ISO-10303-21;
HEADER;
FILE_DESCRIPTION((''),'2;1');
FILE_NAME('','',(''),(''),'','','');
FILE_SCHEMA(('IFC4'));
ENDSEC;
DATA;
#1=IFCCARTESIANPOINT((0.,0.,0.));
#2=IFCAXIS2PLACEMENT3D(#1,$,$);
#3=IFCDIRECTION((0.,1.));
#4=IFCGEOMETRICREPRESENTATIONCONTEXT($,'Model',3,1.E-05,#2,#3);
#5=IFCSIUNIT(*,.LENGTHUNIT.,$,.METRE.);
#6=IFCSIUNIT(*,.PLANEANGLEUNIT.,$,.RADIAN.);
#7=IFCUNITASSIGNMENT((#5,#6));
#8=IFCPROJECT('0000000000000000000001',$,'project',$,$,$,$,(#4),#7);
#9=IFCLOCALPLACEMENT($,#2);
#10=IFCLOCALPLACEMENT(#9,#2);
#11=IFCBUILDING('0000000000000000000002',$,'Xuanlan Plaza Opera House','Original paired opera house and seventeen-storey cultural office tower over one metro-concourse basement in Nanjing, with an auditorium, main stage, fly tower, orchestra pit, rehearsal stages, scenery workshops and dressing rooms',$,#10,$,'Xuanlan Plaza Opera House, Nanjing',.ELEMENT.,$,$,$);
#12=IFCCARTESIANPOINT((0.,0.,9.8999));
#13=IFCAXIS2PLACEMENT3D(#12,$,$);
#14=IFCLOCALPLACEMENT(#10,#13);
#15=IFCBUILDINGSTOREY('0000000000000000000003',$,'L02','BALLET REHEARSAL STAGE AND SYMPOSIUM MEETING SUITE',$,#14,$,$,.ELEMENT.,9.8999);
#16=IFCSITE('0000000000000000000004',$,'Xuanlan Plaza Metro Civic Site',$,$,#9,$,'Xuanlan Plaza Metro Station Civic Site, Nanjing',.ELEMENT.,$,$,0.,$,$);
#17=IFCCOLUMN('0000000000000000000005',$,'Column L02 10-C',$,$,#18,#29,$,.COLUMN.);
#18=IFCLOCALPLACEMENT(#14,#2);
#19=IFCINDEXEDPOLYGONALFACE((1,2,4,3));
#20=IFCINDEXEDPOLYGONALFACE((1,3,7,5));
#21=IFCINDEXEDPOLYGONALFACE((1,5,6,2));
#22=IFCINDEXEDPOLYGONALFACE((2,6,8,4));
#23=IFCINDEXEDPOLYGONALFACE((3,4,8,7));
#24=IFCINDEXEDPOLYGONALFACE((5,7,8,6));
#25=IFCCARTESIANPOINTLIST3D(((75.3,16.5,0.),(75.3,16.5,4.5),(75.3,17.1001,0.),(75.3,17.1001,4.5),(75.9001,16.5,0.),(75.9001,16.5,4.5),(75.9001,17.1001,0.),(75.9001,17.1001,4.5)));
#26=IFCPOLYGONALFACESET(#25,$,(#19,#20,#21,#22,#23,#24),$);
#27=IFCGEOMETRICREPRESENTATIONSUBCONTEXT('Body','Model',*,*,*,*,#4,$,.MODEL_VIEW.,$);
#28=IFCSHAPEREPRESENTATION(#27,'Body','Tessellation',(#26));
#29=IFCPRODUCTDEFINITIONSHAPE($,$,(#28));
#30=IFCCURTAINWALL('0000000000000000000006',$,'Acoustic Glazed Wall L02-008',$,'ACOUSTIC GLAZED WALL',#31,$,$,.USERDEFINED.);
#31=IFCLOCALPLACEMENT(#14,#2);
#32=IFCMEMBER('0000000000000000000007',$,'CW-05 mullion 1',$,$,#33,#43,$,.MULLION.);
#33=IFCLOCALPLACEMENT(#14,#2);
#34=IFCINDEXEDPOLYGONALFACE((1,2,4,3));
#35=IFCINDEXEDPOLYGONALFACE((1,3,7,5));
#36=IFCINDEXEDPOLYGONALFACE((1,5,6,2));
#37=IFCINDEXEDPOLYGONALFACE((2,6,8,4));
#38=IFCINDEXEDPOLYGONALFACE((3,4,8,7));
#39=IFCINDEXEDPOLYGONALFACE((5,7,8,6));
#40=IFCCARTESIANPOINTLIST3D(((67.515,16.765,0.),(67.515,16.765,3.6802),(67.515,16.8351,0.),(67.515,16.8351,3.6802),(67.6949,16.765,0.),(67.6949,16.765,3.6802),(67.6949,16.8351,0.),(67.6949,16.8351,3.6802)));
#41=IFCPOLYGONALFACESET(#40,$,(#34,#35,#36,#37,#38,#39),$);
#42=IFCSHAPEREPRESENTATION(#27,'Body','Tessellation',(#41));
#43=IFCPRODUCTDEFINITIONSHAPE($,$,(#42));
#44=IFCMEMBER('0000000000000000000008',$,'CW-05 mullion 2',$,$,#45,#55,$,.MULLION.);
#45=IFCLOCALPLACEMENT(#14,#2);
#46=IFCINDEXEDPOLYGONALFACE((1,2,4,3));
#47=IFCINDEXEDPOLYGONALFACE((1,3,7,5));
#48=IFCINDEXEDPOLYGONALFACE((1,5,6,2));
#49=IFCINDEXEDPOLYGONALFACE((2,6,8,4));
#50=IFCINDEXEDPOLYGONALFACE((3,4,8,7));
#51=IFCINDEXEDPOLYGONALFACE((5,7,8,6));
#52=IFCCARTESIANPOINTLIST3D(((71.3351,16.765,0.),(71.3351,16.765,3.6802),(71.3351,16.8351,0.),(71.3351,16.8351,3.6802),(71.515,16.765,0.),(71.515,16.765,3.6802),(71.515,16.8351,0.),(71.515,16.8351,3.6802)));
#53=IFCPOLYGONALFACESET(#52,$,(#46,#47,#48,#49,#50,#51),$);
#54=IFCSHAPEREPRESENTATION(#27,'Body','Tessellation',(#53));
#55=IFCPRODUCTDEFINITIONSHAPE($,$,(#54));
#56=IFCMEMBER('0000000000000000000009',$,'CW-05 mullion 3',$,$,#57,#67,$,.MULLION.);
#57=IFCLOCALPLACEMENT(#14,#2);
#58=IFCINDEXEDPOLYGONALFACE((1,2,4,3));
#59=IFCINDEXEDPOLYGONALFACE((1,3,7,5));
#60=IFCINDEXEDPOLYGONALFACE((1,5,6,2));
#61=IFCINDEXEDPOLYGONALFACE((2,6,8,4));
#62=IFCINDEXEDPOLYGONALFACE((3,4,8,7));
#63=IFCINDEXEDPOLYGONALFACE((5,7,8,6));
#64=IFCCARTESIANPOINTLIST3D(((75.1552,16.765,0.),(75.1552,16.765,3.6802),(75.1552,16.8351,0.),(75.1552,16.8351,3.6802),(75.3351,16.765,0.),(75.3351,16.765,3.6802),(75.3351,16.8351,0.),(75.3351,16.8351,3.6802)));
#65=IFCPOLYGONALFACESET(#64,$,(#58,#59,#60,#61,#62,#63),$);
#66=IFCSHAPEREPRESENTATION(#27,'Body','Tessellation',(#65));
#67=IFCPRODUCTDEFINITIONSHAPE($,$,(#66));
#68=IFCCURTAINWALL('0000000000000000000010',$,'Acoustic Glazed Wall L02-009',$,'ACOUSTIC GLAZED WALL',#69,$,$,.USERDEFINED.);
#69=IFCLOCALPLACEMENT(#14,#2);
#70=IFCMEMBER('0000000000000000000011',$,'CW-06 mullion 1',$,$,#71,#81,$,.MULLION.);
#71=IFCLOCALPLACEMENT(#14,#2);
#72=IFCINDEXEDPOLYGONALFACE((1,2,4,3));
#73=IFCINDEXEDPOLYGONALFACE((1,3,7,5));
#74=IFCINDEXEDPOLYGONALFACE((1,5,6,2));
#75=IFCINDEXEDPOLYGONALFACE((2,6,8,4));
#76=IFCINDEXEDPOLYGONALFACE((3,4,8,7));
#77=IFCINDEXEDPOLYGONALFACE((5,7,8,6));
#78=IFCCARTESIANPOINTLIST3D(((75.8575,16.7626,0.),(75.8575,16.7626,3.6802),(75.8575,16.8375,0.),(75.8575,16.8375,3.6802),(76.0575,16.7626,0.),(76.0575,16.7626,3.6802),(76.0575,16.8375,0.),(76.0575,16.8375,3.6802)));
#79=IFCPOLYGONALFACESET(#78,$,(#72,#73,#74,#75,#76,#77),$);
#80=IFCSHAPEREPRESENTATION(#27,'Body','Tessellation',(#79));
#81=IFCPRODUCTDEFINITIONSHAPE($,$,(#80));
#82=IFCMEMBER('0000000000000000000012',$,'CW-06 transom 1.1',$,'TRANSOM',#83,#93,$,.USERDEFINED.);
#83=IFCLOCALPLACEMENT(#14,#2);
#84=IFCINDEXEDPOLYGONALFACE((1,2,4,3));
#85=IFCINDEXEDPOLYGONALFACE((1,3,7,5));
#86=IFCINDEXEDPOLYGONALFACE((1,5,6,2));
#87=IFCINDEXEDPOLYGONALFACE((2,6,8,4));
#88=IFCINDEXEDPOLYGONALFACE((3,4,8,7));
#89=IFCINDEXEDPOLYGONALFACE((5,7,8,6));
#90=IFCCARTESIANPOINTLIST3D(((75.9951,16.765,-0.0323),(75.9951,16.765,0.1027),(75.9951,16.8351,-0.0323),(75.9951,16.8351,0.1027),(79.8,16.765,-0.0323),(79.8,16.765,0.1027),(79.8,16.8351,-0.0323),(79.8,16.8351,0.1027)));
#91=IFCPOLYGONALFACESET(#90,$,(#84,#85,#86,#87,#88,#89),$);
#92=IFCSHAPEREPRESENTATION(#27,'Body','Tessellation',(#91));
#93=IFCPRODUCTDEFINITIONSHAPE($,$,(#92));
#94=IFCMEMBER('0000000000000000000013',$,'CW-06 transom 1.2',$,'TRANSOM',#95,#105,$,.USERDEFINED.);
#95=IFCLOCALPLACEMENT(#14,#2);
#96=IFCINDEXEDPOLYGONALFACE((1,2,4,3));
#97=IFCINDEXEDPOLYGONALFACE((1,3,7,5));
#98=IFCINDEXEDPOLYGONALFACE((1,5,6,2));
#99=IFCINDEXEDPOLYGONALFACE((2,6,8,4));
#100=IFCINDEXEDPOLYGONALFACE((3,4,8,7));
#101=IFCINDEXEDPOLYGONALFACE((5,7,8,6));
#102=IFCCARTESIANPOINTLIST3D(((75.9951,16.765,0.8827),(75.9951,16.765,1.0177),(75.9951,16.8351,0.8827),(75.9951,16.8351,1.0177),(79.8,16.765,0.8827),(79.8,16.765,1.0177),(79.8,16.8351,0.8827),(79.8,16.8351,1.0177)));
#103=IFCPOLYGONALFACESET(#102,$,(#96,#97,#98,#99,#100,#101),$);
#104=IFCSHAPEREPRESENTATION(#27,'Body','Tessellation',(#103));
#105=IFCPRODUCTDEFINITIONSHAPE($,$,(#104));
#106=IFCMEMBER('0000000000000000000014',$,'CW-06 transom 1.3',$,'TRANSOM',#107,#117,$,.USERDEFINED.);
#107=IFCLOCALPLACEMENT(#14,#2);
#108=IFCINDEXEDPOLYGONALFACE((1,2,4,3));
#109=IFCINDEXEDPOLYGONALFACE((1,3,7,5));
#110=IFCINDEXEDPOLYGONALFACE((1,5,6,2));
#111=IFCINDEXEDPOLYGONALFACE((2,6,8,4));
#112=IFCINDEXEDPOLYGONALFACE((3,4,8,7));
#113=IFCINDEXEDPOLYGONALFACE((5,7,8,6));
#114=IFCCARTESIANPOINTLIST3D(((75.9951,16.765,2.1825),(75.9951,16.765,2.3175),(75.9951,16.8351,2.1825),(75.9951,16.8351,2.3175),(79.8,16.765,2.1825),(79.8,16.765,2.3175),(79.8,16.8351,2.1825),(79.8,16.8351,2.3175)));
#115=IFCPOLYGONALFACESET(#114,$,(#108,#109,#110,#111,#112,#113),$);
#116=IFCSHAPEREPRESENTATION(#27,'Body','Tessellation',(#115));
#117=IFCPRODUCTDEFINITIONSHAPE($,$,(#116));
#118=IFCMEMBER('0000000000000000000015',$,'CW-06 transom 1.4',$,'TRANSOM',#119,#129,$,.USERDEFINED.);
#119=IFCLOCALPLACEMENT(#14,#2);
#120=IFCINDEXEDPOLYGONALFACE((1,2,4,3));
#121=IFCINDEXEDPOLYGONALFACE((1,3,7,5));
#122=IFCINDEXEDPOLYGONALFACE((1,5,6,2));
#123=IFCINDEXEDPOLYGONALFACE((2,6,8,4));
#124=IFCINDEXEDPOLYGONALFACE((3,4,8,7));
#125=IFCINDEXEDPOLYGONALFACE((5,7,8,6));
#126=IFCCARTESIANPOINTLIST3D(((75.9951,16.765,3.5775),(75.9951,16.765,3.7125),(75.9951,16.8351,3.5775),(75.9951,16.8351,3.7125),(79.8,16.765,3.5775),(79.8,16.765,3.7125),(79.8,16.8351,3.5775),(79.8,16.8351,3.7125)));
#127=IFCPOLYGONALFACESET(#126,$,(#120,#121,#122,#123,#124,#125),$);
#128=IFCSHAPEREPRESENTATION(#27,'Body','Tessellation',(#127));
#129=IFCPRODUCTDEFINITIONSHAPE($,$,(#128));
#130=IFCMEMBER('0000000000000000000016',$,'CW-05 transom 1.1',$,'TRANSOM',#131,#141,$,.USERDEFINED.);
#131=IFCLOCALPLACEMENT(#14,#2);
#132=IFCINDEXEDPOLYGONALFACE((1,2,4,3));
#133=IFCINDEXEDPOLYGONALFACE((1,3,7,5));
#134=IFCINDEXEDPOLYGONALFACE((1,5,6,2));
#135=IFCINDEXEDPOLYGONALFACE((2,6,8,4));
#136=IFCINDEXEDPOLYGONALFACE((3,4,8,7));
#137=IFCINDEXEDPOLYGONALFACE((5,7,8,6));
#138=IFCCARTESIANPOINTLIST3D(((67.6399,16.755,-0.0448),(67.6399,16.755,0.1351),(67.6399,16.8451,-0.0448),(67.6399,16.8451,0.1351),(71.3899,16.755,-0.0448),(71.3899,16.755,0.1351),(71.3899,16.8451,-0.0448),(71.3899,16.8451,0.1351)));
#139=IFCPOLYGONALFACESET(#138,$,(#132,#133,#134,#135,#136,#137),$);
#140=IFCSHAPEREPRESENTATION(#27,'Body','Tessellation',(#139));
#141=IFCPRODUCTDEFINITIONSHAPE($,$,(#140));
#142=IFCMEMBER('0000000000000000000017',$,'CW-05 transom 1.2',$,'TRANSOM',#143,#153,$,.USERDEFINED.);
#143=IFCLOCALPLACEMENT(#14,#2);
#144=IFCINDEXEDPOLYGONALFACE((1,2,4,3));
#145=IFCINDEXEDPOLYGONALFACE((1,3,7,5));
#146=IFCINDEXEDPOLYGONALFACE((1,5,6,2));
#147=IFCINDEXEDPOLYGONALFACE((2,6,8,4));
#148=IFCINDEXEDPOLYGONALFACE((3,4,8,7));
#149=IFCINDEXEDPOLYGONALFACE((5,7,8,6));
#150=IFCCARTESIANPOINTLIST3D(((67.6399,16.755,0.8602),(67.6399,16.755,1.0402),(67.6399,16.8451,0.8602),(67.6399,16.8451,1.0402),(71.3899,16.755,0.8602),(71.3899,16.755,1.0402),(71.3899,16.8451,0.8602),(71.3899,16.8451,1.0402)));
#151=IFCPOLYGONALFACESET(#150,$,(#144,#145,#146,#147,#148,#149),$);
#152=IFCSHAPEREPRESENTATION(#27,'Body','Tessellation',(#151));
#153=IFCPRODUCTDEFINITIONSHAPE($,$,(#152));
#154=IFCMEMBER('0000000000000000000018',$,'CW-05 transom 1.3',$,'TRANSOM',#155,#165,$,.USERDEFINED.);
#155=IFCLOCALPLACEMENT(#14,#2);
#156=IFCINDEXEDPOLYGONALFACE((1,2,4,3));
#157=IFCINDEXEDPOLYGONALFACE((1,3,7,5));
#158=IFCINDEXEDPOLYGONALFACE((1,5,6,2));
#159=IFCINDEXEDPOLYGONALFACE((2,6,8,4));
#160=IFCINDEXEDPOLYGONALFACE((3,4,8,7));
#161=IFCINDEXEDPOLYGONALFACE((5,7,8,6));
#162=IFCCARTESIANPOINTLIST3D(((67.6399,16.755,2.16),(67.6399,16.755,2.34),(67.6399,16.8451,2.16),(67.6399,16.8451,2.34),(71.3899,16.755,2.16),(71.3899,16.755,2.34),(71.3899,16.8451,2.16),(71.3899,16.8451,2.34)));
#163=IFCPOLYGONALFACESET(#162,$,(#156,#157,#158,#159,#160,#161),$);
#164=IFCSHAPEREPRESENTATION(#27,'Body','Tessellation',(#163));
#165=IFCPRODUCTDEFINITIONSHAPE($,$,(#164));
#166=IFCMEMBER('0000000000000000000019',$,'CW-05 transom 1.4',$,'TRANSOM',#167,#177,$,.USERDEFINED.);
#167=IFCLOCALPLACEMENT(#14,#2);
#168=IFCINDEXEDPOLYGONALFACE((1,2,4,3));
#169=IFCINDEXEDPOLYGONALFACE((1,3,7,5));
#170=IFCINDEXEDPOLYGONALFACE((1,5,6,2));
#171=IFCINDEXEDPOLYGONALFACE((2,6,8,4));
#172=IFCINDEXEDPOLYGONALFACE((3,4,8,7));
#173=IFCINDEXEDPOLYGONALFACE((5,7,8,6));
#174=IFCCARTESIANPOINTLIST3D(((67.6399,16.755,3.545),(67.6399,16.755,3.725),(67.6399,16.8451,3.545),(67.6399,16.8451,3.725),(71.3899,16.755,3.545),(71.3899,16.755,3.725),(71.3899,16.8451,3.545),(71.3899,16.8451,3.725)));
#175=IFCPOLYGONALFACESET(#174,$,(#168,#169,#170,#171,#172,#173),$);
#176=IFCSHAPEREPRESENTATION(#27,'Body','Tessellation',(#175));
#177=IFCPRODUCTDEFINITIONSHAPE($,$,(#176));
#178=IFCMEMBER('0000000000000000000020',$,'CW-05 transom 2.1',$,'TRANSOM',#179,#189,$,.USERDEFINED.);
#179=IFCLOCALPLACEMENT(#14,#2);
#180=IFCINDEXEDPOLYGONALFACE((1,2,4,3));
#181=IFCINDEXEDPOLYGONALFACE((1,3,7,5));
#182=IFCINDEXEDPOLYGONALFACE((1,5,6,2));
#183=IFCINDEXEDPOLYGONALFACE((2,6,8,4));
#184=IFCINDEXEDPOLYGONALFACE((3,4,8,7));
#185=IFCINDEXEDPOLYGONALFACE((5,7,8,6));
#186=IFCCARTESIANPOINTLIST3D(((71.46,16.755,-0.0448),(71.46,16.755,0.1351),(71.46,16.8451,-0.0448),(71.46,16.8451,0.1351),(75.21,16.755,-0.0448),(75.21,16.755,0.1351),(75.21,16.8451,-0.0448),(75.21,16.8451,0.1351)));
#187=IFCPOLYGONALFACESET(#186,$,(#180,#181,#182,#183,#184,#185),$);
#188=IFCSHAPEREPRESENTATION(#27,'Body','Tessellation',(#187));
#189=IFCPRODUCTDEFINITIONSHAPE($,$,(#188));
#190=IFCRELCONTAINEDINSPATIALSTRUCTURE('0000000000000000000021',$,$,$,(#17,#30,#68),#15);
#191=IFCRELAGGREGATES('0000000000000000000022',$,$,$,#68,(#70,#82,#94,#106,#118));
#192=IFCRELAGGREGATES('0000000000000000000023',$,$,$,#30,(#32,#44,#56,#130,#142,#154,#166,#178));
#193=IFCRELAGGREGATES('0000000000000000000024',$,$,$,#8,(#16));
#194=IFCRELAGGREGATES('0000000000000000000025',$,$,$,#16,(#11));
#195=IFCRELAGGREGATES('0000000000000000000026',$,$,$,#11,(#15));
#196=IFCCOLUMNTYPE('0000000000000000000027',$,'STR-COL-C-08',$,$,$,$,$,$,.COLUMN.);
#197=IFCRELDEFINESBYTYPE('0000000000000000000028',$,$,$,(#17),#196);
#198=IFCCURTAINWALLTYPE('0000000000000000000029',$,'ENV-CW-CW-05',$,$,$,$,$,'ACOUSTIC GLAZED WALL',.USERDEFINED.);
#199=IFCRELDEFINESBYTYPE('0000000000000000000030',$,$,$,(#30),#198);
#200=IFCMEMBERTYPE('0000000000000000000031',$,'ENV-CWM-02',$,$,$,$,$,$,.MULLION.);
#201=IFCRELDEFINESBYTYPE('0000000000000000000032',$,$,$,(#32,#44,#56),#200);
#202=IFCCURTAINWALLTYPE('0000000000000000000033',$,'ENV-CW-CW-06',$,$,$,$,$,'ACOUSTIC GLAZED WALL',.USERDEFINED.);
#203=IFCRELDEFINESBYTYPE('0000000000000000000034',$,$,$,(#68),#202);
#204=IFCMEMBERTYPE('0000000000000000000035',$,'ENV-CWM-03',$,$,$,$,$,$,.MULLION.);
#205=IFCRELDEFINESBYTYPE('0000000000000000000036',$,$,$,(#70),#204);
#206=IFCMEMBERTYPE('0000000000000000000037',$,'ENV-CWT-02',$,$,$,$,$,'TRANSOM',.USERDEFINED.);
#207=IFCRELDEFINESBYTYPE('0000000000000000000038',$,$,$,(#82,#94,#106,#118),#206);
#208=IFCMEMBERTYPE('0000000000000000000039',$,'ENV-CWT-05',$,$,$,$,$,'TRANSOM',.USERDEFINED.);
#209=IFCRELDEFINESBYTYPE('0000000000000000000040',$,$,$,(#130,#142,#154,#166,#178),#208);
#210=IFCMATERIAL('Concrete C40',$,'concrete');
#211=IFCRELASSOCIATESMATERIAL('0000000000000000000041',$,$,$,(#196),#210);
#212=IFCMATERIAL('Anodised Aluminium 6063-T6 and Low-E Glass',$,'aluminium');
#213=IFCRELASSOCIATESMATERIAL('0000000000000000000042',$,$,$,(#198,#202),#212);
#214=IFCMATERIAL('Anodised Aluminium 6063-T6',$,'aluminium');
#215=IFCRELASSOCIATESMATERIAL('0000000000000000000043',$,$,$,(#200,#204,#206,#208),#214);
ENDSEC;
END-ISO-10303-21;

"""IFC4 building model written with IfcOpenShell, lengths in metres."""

from ifc_helpers import new_model, si_unit, direction, frame, origin, origin_2d, place, context, subcontext, project, spatial, rectangle, extrude, material, material_profile, profile_set, type_object, element, aggregate, save


model = new_model("IFC4")

# Units and contexts
model_context = context("Model", 3, precision=1e-05, world=origin(), true_north=direction((0.0, 1.0)))
body_context = subcontext(model_context, "Body", "Model", "MODEL_VIEW")
ifc_project = project(units=[si_unit("LENGTHUNIT", "METRE"), si_unit("PLANEANGLEUNIT", "RADIAN")], contexts=[model_context])

# Site, building, storey
site_placement = place(None, origin())
site = spatial("IfcSite", under=ifc_project, at=site_placement, Name="Xuanlan Plaza Metro Civic Site", LongName="Xuanlan Plaza Metro Station Civic Site, Nanjing", CompositionType="ELEMENT", RefElevation=0.0)
building_placement = place(site_placement, origin())
building = spatial("IfcBuilding", under=site, at=building_placement, Name="Xuanlan Plaza Opera House", Description="Original paired opera house and seventeen-storey cultural office tower over one metro-concourse basement in Nanjing, with an auditorium, main stage, fly tower, orchestra pit, rehearsal stages, scenery workshops and dressing rooms", LongName="Xuanlan Plaza Opera House, Nanjing", CompositionType="ELEMENT")
storey_placement = place(building_placement, frame((0.0, 0.0, 9.8999)))
storey = spatial("IfcBuildingStorey", under=building, at=storey_placement, Name="L02", Description="BALLET REHEARSAL STAGE AND SYMPOSIUM MEETING SUITE", CompositionType="ELEMENT", Elevation=9.8999)

# Column
ifc_material_1 = material(Name="Concrete C40", Category="concrete")
ifc_material_profile_1 = material_profile(ifc_material_1, rectangle(XDim=0.6001, YDim=0.6001, at=origin_2d()), Name="RC-COL 600x600")
ifc_profile_set_1 = profile_set([ifc_material_profile_1], Name="Concrete C40")
column_type = type_object("IfcColumnType", Name="STR-COL-C-08", PredefinedType="COLUMN", material=ifc_profile_set_1)
column_placement = place(storey_placement, frame((75.6001, 16.8, 0.0), z_axis=(0.0, 0.0, 1.0), x_axis=(1.0, 0.0, 0.0)))
element("IfcColumn", 1, at=column_placement, inside=storey, type_object=column_type, Name="Column L02 10-C", PredefinedType="COLUMN", context=body_context, shape_type="SweptSolid", body=[
    extrude(rectangle(XDim=0.6001, YDim=0.6001, at=origin_2d()), origin(), (0.0, 0.0, 1.0), 4.5),
])

# Curtain walls, members
ifc_material_2 = material(Name="Anodised Aluminium 6063-T6 and Low-E Glass", Category="aluminium")
curtain_wall_type_1 = type_object("IfcCurtainWallType", Name="ENV-CW-CW-05", ElementType="ACOUSTIC GLAZED WALL", PredefinedType="USERDEFINED", material=ifc_material_2)
curtain_wall_1_placement = place(storey_placement, origin())
curtain_wall_1 = element("IfcCurtainWall", 2, at=curtain_wall_1_placement, inside=storey, type_object=curtain_wall_type_1, Name="Acoustic Glazed Wall L02-008", ObjectType="ACOUSTIC GLAZED WALL", PredefinedType="USERDEFINED")
ifc_material_3 = material(Name="Anodised Aluminium 6063-T6", Category="aluminium")
ifc_material_profile_2 = material_profile(ifc_material_3, rectangle(XDim=0.0701, YDim=0.1799, at=origin_2d()), Name="ALU-M 70x180")
ifc_profile_set_2 = profile_set([ifc_material_profile_2], Name="Anodised Aluminium 6063-T6")
member_type_1 = type_object("IfcMemberType", Name="ENV-CWM-02", PredefinedType="MULLION", material=ifc_profile_set_2)
member_1_placement = place(storey_placement, frame((67.605, 16.8, 0.0), z_axis=(0.0, 0.0, 1.0), x_axis=(0.0, 1.0, 0.0)))
member_1 = element("IfcMember", 3, at=member_1_placement, type_object=member_type_1, Name="CW-05 mullion 1", PredefinedType="MULLION", context=body_context, shape_type="SweptSolid", body=[
    extrude(rectangle(XDim=0.0701, YDim=0.1799, at=origin_2d()), origin(), (0.0, 0.0, 1.0), 3.6802),
])
member_2_placement = place(storey_placement, frame((71.425, 16.8, 0.0), z_axis=(0.0, 0.0, 1.0), x_axis=(0.0, 1.0, 0.0)))
member_2 = element("IfcMember", 4, at=member_2_placement, type_object=member_type_1, Name="CW-05 mullion 2", PredefinedType="MULLION", context=body_context, shape_type="SweptSolid", body=[
    extrude(rectangle(XDim=0.0701, YDim=0.1799, at=origin_2d()), origin(), (0.0, 0.0, 1.0), 3.6802),
])
member_3_placement = place(storey_placement, frame((75.2451, 16.8, 0.0), z_axis=(0.0, 0.0, 1.0), x_axis=(0.0, 1.0, 0.0)))
member_3 = element("IfcMember", 5, at=member_3_placement, type_object=member_type_1, Name="CW-05 mullion 3", PredefinedType="MULLION", context=body_context, shape_type="SweptSolid", body=[
    extrude(rectangle(XDim=0.0701, YDim=0.1799, at=origin_2d()), origin(), (0.0, 0.0, 1.0), 3.6802),
])
curtain_wall_type_2 = type_object("IfcCurtainWallType", Name="ENV-CW-CW-06", ElementType="ACOUSTIC GLAZED WALL", PredefinedType="USERDEFINED", material=ifc_material_2)
curtain_wall_2_placement = place(storey_placement, origin())
curtain_wall_2 = element("IfcCurtainWall", 6, at=curtain_wall_2_placement, inside=storey, type_object=curtain_wall_type_2, Name="Acoustic Glazed Wall L02-009", ObjectType="ACOUSTIC GLAZED WALL", PredefinedType="USERDEFINED")
ifc_material_profile_3 = material_profile(ifc_material_3, rectangle(XDim=0.075, YDim=0.2, at=origin_2d()), Name="ALU-M 75x200")
ifc_profile_set_3 = profile_set([ifc_material_profile_3], Name="Anodised Aluminium 6063-T6")
member_type_2 = type_object("IfcMemberType", Name="ENV-CWM-03", PredefinedType="MULLION", material=ifc_profile_set_3)
member_4_placement = place(storey_placement, frame((75.9575, 16.8, 0.0), z_axis=(0.0, 0.0, 1.0), x_axis=(0.0, 1.0, 0.0)))
member_4 = element("IfcMember", 7, at=member_4_placement, type_object=member_type_2, Name="CW-06 mullion 1", PredefinedType="MULLION", context=body_context, shape_type="SweptSolid", body=[
    extrude(rectangle(XDim=0.075, YDim=0.2, at=origin_2d()), origin(), (0.0, 0.0, 1.0), 3.6802),
])
ifc_material_profile_4 = material_profile(ifc_material_3, rectangle(XDim=0.0701, YDim=0.135, at=origin_2d()), Name="ALU-T 70x135")
ifc_profile_set_4 = profile_set([ifc_material_profile_4], Name="Anodised Aluminium 6063-T6")
member_type_3 = type_object("IfcMemberType", Name="ENV-CWT-02", ElementType="TRANSOM", PredefinedType="USERDEFINED", material=ifc_profile_set_4)
member_5_placement = place(storey_placement, frame((75.9951, 16.8, 0.0352), z_axis=(1.0, 0.0, 0.0), x_axis=(0.0, 1.0, 0.0)))
member_5 = element("IfcMember", 8, at=member_5_placement, type_object=member_type_3, Name="CW-06 transom 1.1", ObjectType="TRANSOM", PredefinedType="USERDEFINED", context=body_context, shape_type="SweptSolid", body=[
    extrude(rectangle(XDim=0.0701, YDim=0.135, at=origin_2d()), origin(), (0.0, 0.0, 1.0), 3.8049),
])
member_6_placement = place(storey_placement, frame((75.9951, 16.8, 0.9502), z_axis=(1.0, 0.0, 0.0), x_axis=(0.0, 1.0, 0.0)))
member_6 = element("IfcMember", 9, at=member_6_placement, type_object=member_type_3, Name="CW-06 transom 1.2", ObjectType="TRANSOM", PredefinedType="USERDEFINED", context=body_context, shape_type="SweptSolid", body=[
    extrude(rectangle(XDim=0.0701, YDim=0.135, at=origin_2d()), origin(), (0.0, 0.0, 1.0), 3.8049),
])
member_7_placement = place(storey_placement, frame((75.9951, 16.8, 2.25), z_axis=(1.0, 0.0, 0.0), x_axis=(0.0, 1.0, 0.0)))
member_7 = element("IfcMember", 10, at=member_7_placement, type_object=member_type_3, Name="CW-06 transom 1.3", ObjectType="TRANSOM", PredefinedType="USERDEFINED", context=body_context, shape_type="SweptSolid", body=[
    extrude(rectangle(XDim=0.0701, YDim=0.135, at=origin_2d()), origin(), (0.0, 0.0, 1.0), 3.8049),
])
member_8_placement = place(storey_placement, frame((75.9951, 16.8, 3.645), z_axis=(1.0, 0.0, 0.0), x_axis=(0.0, 1.0, 0.0)))
member_8 = element("IfcMember", 11, at=member_8_placement, type_object=member_type_3, Name="CW-06 transom 1.4", ObjectType="TRANSOM", PredefinedType="USERDEFINED", context=body_context, shape_type="SweptSolid", body=[
    extrude(rectangle(XDim=0.0701, YDim=0.135, at=origin_2d()), origin(), (0.0, 0.0, 1.0), 3.8049),
])
aggregate(curtain_wall_2, [member_4, member_5, member_6, member_7, member_8])

# Members
ifc_material_profile_5 = material_profile(ifc_material_3, rectangle(XDim=0.0901, YDim=0.1799, at=origin_2d()), Name="ALU-T 90x180")
ifc_profile_set_5 = profile_set([ifc_material_profile_5], Name="Anodised Aluminium 6063-T6")
member_type_4 = type_object("IfcMemberType", Name="ENV-CWT-05", ElementType="TRANSOM", PredefinedType="USERDEFINED", material=ifc_profile_set_5)
member_9_placement = place(storey_placement, frame((67.6399, 16.8, 0.0452), z_axis=(1.0, 0.0, 0.0), x_axis=(0.0, 1.0, 0.0)))
member_9 = element("IfcMember", 12, at=member_9_placement, type_object=member_type_4, Name="CW-05 transom 1.1", ObjectType="TRANSOM", PredefinedType="USERDEFINED", context=body_context, shape_type="SweptSolid", body=[
    extrude(rectangle(XDim=0.0901, YDim=0.1799, at=origin_2d()), origin(), (0.0, 0.0, 1.0), 3.75),
])
member_10_placement = place(storey_placement, frame((67.6399, 16.8, 0.9502), z_axis=(1.0, 0.0, 0.0), x_axis=(0.0, 1.0, 0.0)))
member_10 = element("IfcMember", 13, at=member_10_placement, type_object=member_type_4, Name="CW-05 transom 1.2", ObjectType="TRANSOM", PredefinedType="USERDEFINED", context=body_context, shape_type="SweptSolid", body=[
    extrude(rectangle(XDim=0.0901, YDim=0.1799, at=origin_2d()), origin(), (0.0, 0.0, 1.0), 3.75),
])
member_11_placement = place(storey_placement, frame((67.6399, 16.8, 2.25), z_axis=(1.0, 0.0, 0.0), x_axis=(0.0, 1.0, 0.0)))
member_11 = element("IfcMember", 14, at=member_11_placement, type_object=member_type_4, Name="CW-05 transom 1.3", ObjectType="TRANSOM", PredefinedType="USERDEFINED", context=body_context, shape_type="SweptSolid", body=[
    extrude(rectangle(XDim=0.0901, YDim=0.1799, at=origin_2d()), origin(), (0.0, 0.0, 1.0), 3.75),
])
member_12_placement = place(storey_placement, frame((67.6399, 16.8, 3.635), z_axis=(1.0, 0.0, 0.0), x_axis=(0.0, 1.0, 0.0)))
member_12 = element("IfcMember", 15, at=member_12_placement, type_object=member_type_4, Name="CW-05 transom 1.4", ObjectType="TRANSOM", PredefinedType="USERDEFINED", context=body_context, shape_type="SweptSolid", body=[
    extrude(rectangle(XDim=0.0901, YDim=0.1799, at=origin_2d()), origin(), (0.0, 0.0, 1.0), 3.75),
])
member_13_placement = place(storey_placement, frame((71.46, 16.8, 0.0452), z_axis=(1.0, 0.0, 0.0), x_axis=(0.0, 1.0, 0.0)))
member_13 = element("IfcMember", 16, at=member_13_placement, type_object=member_type_4, Name="CW-05 transom 2.1", ObjectType="TRANSOM", PredefinedType="USERDEFINED", context=body_context, shape_type="SweptSolid", body=[
    extrude(rectangle(XDim=0.0901, YDim=0.1799, at=origin_2d()), origin(), (0.0, 0.0, 1.0), 3.75),
])

aggregate(curtain_wall_1, [member_1, member_2, member_3, member_9, member_10, member_11, member_12, member_13])

save(model, "model.ifc")
